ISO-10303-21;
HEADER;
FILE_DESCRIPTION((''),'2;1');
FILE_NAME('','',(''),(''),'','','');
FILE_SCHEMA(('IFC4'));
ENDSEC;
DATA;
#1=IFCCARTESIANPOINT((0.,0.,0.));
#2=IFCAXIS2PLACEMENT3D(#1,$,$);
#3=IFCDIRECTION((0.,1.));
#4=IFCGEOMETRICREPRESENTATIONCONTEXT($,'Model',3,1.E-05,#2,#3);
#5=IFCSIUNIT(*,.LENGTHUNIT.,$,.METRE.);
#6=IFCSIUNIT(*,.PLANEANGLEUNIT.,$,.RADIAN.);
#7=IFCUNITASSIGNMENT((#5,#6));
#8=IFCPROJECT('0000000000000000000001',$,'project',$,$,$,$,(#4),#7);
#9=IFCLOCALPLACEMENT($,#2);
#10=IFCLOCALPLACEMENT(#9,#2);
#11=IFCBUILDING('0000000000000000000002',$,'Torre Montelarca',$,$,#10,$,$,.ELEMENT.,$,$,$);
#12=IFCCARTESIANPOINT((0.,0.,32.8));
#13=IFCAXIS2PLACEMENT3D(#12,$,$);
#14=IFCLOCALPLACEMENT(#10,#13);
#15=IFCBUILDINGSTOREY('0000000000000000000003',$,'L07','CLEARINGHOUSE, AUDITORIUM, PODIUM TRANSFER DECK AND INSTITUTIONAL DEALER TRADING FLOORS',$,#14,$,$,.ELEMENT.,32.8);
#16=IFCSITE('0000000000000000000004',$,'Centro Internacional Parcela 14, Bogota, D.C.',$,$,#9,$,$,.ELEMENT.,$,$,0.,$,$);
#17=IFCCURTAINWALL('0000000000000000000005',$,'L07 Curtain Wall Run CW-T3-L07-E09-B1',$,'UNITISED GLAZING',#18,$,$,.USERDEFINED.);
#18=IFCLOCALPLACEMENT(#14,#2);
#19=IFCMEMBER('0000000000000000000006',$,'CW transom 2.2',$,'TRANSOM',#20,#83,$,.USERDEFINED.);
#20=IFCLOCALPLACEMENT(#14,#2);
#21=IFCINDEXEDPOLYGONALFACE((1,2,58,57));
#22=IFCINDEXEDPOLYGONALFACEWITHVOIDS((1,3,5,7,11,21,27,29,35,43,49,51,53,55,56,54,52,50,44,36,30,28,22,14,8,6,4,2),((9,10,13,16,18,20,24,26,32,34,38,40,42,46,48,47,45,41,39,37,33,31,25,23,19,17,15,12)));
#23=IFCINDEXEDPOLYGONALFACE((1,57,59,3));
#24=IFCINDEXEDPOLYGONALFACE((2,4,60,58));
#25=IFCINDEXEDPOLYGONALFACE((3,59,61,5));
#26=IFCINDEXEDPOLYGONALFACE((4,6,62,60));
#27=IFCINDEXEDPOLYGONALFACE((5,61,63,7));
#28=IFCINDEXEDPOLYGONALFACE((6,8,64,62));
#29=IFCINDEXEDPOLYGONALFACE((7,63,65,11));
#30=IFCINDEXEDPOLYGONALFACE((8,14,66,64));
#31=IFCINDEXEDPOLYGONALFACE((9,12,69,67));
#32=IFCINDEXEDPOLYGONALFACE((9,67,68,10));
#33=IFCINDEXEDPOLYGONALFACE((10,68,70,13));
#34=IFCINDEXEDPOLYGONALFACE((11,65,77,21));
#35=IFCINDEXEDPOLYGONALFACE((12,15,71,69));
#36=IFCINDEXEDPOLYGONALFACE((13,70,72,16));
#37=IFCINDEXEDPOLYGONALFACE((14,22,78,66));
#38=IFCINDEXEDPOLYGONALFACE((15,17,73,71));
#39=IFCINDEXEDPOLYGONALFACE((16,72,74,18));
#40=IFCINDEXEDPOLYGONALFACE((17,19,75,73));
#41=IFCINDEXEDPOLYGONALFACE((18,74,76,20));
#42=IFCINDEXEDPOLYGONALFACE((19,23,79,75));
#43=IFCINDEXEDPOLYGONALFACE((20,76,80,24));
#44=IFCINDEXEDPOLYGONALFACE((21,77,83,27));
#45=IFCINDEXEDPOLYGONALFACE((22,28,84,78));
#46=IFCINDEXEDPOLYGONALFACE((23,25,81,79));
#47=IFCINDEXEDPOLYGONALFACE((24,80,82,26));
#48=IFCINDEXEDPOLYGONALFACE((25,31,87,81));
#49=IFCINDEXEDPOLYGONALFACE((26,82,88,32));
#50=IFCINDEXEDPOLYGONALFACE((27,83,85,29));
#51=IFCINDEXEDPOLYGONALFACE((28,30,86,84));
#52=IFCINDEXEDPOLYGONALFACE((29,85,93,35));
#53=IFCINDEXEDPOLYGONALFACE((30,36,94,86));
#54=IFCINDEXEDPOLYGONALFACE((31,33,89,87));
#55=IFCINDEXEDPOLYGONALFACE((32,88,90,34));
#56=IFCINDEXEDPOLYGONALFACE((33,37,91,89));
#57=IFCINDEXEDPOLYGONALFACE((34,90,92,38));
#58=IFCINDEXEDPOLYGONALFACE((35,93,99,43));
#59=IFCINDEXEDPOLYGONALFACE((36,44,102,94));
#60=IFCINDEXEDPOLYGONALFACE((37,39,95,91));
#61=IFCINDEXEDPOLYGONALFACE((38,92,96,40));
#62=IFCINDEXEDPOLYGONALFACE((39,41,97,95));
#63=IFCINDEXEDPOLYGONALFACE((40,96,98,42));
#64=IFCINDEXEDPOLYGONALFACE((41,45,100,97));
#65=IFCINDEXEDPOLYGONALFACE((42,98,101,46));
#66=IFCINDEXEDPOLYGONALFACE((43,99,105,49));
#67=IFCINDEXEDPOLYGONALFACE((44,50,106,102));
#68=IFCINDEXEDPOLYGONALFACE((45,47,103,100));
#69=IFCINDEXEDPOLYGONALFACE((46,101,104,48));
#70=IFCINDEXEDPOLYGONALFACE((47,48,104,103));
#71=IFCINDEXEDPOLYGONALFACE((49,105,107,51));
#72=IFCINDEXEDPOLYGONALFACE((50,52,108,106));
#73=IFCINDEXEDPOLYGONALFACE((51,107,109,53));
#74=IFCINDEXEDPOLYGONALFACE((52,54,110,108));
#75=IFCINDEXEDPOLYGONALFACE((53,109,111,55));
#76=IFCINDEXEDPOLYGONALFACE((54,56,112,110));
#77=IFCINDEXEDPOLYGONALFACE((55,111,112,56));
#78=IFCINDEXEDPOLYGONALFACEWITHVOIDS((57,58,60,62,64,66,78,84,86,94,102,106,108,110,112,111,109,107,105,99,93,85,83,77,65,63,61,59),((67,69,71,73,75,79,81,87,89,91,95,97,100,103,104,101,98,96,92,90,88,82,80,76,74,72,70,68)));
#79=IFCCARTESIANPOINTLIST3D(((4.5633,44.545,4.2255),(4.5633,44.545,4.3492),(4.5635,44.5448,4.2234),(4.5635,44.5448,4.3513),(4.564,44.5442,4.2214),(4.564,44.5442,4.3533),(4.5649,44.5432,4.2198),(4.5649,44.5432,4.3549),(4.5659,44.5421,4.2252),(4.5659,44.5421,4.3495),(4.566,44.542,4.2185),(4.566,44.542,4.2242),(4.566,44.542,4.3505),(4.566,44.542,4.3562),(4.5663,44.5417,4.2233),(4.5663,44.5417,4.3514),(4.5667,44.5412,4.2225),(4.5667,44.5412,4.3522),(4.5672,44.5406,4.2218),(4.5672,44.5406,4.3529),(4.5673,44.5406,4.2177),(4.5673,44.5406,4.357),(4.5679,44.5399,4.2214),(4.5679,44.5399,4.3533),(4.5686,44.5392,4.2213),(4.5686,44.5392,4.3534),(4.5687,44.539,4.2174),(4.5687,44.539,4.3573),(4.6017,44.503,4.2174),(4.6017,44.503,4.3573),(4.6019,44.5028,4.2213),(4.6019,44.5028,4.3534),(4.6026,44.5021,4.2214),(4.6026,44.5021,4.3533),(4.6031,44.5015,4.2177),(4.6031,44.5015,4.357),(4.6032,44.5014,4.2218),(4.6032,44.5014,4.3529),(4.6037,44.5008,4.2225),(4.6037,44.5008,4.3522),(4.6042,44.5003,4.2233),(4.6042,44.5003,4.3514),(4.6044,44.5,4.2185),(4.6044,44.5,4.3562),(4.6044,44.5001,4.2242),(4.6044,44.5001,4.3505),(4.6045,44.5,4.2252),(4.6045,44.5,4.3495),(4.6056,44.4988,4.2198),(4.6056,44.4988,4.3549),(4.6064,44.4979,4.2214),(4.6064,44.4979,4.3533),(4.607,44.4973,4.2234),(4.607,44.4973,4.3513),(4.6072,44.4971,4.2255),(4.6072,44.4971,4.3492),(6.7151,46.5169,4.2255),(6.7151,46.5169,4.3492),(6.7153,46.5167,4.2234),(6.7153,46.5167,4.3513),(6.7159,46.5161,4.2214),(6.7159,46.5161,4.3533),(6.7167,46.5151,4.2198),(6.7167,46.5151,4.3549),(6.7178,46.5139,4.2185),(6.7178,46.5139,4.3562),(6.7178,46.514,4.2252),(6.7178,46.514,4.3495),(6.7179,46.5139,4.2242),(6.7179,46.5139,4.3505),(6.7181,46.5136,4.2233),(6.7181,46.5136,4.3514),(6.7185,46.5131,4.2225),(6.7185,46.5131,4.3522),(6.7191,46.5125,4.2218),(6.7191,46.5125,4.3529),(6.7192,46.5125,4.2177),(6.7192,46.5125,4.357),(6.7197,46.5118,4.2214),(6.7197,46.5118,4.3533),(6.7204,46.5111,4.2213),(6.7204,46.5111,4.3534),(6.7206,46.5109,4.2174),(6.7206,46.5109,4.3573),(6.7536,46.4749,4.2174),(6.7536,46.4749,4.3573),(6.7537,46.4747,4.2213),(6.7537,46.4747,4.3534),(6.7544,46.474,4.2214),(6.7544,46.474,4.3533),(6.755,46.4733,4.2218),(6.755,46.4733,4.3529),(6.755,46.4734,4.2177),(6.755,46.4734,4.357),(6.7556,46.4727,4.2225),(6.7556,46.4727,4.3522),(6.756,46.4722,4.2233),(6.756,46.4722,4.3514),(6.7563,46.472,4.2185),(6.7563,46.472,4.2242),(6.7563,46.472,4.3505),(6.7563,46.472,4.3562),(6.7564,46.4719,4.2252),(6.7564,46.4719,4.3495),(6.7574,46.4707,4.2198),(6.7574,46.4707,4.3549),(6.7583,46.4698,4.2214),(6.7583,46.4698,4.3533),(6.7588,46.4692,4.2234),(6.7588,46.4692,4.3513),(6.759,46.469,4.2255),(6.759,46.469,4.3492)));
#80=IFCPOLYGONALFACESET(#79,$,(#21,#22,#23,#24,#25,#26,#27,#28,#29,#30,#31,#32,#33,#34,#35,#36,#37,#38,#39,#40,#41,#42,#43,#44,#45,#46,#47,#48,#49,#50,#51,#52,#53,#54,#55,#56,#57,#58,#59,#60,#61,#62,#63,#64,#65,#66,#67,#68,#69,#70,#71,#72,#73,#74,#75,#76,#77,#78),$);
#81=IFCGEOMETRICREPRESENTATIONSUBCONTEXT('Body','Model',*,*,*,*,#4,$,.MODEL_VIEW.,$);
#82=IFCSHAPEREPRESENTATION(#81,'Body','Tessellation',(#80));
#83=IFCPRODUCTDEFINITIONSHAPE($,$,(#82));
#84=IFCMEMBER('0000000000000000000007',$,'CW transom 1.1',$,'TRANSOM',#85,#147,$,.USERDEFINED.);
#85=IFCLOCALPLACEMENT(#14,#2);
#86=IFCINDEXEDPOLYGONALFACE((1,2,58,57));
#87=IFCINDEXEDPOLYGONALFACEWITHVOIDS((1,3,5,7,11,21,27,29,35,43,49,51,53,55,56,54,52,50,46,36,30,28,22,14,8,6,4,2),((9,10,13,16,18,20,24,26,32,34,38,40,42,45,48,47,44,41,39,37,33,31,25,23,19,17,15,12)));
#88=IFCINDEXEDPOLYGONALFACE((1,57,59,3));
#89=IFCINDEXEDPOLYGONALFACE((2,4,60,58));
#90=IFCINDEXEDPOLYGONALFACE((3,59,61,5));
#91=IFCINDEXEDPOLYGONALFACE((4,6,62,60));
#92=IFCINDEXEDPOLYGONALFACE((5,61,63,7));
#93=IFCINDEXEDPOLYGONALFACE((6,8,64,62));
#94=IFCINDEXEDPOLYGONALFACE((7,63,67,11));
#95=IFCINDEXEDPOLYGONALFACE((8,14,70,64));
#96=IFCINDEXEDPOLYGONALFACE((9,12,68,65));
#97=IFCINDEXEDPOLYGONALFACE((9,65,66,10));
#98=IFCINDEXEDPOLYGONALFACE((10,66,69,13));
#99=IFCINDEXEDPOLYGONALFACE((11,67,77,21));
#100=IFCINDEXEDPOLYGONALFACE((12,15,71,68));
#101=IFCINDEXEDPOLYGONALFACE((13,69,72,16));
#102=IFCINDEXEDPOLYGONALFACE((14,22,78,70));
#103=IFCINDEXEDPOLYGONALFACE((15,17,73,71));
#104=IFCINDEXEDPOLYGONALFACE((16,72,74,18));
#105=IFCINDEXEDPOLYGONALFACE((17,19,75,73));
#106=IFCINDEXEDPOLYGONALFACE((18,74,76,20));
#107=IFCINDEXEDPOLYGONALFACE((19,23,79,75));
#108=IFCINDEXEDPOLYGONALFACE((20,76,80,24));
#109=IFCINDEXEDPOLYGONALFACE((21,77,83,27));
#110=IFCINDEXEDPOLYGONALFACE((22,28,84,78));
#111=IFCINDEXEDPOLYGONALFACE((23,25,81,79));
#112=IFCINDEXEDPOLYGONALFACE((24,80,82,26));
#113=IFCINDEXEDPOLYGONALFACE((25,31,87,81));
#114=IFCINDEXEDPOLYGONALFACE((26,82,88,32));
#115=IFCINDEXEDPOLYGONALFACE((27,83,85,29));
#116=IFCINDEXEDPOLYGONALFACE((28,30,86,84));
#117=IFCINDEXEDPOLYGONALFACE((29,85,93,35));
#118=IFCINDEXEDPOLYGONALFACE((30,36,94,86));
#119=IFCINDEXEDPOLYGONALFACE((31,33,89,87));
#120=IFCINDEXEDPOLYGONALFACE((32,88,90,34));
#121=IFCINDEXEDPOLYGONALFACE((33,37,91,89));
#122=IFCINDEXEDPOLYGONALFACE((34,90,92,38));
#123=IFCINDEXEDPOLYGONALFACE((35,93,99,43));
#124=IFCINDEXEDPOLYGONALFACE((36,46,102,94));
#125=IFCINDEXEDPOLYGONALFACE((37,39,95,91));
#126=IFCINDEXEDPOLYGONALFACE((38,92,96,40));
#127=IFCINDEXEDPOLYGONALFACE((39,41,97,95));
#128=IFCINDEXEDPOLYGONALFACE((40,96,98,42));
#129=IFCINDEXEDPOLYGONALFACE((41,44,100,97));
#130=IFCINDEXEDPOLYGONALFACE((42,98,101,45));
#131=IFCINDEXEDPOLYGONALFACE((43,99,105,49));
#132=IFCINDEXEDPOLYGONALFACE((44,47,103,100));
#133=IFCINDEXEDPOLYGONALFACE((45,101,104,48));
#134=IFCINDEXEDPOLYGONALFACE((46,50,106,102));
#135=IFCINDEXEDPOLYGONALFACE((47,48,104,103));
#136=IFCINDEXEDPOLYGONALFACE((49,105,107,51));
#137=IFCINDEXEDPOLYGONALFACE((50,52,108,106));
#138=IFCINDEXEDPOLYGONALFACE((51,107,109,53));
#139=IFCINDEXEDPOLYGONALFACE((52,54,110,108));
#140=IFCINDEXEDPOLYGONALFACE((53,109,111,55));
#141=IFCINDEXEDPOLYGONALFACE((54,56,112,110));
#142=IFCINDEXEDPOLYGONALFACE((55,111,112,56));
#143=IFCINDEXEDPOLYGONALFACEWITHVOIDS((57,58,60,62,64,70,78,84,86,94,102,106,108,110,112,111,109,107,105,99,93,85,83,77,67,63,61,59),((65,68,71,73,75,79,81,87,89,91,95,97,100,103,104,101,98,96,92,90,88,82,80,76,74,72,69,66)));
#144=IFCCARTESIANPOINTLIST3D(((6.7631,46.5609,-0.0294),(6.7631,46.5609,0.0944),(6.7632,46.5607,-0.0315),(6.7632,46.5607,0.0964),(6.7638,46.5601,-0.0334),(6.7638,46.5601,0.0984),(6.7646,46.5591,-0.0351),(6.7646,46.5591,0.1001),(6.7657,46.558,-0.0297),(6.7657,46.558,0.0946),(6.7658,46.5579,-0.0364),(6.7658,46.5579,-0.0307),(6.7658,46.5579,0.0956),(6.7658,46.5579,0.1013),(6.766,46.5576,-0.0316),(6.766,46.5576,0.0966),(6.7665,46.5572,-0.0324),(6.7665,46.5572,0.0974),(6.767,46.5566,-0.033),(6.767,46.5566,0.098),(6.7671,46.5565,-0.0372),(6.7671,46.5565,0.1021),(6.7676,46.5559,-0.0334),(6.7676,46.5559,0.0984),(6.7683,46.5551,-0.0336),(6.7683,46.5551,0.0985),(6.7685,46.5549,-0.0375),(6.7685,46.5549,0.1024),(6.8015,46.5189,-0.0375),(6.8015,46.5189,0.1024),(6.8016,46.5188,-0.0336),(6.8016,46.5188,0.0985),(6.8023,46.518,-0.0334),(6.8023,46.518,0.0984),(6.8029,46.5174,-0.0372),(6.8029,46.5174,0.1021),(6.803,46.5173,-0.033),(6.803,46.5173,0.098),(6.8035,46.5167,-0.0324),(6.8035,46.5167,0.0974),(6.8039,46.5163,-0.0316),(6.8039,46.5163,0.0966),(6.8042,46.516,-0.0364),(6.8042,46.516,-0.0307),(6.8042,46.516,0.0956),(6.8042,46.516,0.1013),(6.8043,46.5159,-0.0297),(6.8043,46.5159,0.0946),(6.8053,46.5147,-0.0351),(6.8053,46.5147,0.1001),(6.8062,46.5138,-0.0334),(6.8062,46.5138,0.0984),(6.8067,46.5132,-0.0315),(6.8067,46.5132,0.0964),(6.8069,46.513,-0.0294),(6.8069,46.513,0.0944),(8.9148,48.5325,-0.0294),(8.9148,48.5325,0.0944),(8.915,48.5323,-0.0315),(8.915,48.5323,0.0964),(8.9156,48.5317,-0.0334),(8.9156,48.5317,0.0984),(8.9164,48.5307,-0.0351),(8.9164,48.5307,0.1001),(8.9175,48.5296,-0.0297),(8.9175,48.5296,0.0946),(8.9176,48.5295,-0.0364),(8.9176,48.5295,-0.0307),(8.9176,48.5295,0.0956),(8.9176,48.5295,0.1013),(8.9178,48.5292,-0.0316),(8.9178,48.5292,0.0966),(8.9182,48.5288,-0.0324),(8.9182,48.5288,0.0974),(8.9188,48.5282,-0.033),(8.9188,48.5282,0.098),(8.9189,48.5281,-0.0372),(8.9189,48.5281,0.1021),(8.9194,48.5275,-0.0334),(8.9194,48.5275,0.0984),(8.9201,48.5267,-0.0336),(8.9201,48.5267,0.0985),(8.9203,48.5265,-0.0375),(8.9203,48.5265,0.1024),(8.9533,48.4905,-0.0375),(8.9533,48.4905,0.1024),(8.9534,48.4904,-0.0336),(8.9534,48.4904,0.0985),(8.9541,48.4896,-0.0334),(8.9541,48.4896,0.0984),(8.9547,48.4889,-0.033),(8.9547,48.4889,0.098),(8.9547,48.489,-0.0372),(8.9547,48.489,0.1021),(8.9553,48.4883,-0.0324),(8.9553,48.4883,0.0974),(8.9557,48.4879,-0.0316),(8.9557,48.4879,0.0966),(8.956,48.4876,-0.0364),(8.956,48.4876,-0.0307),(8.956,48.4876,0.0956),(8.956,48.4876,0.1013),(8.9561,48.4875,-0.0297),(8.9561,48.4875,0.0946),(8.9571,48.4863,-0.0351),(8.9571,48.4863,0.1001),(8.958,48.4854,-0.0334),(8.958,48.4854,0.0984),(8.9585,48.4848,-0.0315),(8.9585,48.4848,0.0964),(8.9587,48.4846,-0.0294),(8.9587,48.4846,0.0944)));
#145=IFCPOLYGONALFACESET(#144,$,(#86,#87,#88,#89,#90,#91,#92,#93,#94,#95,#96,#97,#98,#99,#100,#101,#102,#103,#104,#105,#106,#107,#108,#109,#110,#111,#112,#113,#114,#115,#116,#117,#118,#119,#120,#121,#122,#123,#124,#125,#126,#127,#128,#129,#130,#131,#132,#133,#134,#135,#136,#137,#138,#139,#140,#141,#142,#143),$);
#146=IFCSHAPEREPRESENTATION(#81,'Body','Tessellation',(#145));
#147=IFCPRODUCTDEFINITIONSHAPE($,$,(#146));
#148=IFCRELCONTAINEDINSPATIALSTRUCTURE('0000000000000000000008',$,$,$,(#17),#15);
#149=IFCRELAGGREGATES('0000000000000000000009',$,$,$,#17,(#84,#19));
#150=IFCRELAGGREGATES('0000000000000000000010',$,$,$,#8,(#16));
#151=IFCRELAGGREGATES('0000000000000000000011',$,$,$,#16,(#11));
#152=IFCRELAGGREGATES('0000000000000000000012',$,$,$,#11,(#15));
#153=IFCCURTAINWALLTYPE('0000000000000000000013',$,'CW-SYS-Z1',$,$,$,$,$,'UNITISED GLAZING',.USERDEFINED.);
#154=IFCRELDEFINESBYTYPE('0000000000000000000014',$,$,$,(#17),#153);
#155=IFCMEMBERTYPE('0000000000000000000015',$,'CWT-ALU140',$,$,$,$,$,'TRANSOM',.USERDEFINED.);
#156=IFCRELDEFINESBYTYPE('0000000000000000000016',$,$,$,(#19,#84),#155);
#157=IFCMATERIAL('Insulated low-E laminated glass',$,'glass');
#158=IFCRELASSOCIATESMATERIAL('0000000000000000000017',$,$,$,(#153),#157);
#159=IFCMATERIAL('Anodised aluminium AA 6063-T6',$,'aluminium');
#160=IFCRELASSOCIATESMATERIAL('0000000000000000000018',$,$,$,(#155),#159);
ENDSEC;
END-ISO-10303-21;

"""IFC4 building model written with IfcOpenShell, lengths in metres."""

from ifc_helpers import new_model, si_unit, direction, frame, origin, origin_2d, place, context, subcontext, project, spatial, hollow_rectangle, extrude, source, transform, mapped, material, material_profile, profile_set, type_object, element, aggregate, save


model = new_model("IFC4")

# Units and contexts
model_context = context("Model", 3, precision=1e-05, world=origin(), true_north=direction((0.0, 1.0)))
body_context = subcontext(model_context, "Body", "Model", "MODEL_VIEW")
ifc_project = project(units=[si_unit("LENGTHUNIT", "METRE"), si_unit("PLANEANGLEUNIT", "RADIAN")], contexts=[model_context])

# Site, building, storey
site_placement = place(None, origin())
site = spatial("IfcSite", under=ifc_project, at=site_placement, Name="Centro Internacional Parcela 14, Bogota, D.C.", CompositionType="ELEMENT", RefElevation=0.0)
building_placement = place(site_placement, origin())
building = spatial("IfcBuilding", under=site, at=building_placement, Name="Torre Montelarca", CompositionType="ELEMENT")
storey_placement = place(building_placement, frame((0.0, 0.0, 32.8)))
storey = spatial("IfcBuildingStorey", under=building, at=storey_placement, Name="L07", Description="CLEARINGHOUSE, AUDITORIUM, PODIUM TRANSFER DECK AND INSTITUTIONAL DEALER TRADING FLOORS", CompositionType="ELEMENT", Elevation=32.8)

# Curtain wall
ifc_material_1 = material(Name="Insulated low-E laminated glass", Category="glass")
curtain_wall_type = type_object("IfcCurtainWallType", Name="CW-SYS-Z1", ElementType="UNITISED GLAZING", PredefinedType="USERDEFINED", material=ifc_material_1)
curtain_wall_1_placement = place(storey_placement, origin())
curtain_wall_1 = element("IfcCurtainWall", 1, at=curtain_wall_1_placement, inside=storey, type_object=curtain_wall_type, Name="L07 Curtain Wall Run CW-T3-L07-E09-B1", ObjectType="UNITISED GLAZING", PredefinedType="USERDEFINED")
ifc_material_2 = material(Name="Anodised aluminium AA 6063-T6", Category="aluminium")

# Members
ifc_material_profile_1 = material_profile(ifc_material_2, hollow_rectangle(XDim=0.0649, YDim=0.1399, WallThickness=0.0039, InnerFilletRadius=0.0039, OuterFilletRadius=0.0081, at=origin_2d()), Name="ALU65X140X4", Category="aluminium")
ifc_profile_set_1 = profile_set([ifc_material_profile_1], Name="Anodised aluminium AA 6063-T6")
member_type_1 = type_object("IfcMemberType", Name="CWT-ALU140", ElementType="TRANSOM", PredefinedType="USERDEFINED", material=ifc_profile_set_1)
shared_shape_1 = source(origin(), body_context, "Body", "SweptSolid", [
    extrude(hollow_rectangle(XDim=0.0649, YDim=0.1399, WallThickness=0.0039, InnerFilletRadius=0.0039, OuterFilletRadius=0.0081, at=origin_2d()), origin(), (0.0, 0.0, 1.0), 2.9187),
])
member_1_placement = place(storey_placement, frame((6.7371, 46.4929, 4.2874), z_axis=(-0.737258, -0.675611, 0.0), x_axis=(0.675611, -0.737258, 0.0)))
member_1 = element("IfcMember", 2, at=member_1_placement, type_object=member_type_1, Name="CW transom 2.2", ObjectType="TRANSOM", PredefinedType="USERDEFINED", context=body_context, shape_type="MappedRepresentation", body=[
    mapped(shared_shape_1, transform((0.0, 0.0, 0.0), scale=1.0)),
])
shared_shape_2 = source(origin(), body_context, "Body", "SweptSolid", [
    extrude(hollow_rectangle(XDim=0.0649, YDim=0.1399, WallThickness=0.0039, InnerFilletRadius=0.0039, OuterFilletRadius=0.0081, at=origin_2d()), origin(), (0.0, 0.0, 1.0), 2.9185),
])
member_2_placement = place(storey_placement, frame((8.9368, 48.5085, 0.0325), z_axis=(-0.7373, -0.675566, 0.0), x_axis=(0.675566, -0.7373, 0.0)))
member_2 = element("IfcMember", 3, at=member_2_placement, type_object=member_type_1, Name="CW transom 1.1", ObjectType="TRANSOM", PredefinedType="USERDEFINED", context=body_context, shape_type="MappedRepresentation", body=[
    mapped(shared_shape_2, transform((0.0, 0.0, 0.0), scale=1.0)),
])

aggregate(curtain_wall_1, [member_2, member_1])

save(model, "model.ifc")
